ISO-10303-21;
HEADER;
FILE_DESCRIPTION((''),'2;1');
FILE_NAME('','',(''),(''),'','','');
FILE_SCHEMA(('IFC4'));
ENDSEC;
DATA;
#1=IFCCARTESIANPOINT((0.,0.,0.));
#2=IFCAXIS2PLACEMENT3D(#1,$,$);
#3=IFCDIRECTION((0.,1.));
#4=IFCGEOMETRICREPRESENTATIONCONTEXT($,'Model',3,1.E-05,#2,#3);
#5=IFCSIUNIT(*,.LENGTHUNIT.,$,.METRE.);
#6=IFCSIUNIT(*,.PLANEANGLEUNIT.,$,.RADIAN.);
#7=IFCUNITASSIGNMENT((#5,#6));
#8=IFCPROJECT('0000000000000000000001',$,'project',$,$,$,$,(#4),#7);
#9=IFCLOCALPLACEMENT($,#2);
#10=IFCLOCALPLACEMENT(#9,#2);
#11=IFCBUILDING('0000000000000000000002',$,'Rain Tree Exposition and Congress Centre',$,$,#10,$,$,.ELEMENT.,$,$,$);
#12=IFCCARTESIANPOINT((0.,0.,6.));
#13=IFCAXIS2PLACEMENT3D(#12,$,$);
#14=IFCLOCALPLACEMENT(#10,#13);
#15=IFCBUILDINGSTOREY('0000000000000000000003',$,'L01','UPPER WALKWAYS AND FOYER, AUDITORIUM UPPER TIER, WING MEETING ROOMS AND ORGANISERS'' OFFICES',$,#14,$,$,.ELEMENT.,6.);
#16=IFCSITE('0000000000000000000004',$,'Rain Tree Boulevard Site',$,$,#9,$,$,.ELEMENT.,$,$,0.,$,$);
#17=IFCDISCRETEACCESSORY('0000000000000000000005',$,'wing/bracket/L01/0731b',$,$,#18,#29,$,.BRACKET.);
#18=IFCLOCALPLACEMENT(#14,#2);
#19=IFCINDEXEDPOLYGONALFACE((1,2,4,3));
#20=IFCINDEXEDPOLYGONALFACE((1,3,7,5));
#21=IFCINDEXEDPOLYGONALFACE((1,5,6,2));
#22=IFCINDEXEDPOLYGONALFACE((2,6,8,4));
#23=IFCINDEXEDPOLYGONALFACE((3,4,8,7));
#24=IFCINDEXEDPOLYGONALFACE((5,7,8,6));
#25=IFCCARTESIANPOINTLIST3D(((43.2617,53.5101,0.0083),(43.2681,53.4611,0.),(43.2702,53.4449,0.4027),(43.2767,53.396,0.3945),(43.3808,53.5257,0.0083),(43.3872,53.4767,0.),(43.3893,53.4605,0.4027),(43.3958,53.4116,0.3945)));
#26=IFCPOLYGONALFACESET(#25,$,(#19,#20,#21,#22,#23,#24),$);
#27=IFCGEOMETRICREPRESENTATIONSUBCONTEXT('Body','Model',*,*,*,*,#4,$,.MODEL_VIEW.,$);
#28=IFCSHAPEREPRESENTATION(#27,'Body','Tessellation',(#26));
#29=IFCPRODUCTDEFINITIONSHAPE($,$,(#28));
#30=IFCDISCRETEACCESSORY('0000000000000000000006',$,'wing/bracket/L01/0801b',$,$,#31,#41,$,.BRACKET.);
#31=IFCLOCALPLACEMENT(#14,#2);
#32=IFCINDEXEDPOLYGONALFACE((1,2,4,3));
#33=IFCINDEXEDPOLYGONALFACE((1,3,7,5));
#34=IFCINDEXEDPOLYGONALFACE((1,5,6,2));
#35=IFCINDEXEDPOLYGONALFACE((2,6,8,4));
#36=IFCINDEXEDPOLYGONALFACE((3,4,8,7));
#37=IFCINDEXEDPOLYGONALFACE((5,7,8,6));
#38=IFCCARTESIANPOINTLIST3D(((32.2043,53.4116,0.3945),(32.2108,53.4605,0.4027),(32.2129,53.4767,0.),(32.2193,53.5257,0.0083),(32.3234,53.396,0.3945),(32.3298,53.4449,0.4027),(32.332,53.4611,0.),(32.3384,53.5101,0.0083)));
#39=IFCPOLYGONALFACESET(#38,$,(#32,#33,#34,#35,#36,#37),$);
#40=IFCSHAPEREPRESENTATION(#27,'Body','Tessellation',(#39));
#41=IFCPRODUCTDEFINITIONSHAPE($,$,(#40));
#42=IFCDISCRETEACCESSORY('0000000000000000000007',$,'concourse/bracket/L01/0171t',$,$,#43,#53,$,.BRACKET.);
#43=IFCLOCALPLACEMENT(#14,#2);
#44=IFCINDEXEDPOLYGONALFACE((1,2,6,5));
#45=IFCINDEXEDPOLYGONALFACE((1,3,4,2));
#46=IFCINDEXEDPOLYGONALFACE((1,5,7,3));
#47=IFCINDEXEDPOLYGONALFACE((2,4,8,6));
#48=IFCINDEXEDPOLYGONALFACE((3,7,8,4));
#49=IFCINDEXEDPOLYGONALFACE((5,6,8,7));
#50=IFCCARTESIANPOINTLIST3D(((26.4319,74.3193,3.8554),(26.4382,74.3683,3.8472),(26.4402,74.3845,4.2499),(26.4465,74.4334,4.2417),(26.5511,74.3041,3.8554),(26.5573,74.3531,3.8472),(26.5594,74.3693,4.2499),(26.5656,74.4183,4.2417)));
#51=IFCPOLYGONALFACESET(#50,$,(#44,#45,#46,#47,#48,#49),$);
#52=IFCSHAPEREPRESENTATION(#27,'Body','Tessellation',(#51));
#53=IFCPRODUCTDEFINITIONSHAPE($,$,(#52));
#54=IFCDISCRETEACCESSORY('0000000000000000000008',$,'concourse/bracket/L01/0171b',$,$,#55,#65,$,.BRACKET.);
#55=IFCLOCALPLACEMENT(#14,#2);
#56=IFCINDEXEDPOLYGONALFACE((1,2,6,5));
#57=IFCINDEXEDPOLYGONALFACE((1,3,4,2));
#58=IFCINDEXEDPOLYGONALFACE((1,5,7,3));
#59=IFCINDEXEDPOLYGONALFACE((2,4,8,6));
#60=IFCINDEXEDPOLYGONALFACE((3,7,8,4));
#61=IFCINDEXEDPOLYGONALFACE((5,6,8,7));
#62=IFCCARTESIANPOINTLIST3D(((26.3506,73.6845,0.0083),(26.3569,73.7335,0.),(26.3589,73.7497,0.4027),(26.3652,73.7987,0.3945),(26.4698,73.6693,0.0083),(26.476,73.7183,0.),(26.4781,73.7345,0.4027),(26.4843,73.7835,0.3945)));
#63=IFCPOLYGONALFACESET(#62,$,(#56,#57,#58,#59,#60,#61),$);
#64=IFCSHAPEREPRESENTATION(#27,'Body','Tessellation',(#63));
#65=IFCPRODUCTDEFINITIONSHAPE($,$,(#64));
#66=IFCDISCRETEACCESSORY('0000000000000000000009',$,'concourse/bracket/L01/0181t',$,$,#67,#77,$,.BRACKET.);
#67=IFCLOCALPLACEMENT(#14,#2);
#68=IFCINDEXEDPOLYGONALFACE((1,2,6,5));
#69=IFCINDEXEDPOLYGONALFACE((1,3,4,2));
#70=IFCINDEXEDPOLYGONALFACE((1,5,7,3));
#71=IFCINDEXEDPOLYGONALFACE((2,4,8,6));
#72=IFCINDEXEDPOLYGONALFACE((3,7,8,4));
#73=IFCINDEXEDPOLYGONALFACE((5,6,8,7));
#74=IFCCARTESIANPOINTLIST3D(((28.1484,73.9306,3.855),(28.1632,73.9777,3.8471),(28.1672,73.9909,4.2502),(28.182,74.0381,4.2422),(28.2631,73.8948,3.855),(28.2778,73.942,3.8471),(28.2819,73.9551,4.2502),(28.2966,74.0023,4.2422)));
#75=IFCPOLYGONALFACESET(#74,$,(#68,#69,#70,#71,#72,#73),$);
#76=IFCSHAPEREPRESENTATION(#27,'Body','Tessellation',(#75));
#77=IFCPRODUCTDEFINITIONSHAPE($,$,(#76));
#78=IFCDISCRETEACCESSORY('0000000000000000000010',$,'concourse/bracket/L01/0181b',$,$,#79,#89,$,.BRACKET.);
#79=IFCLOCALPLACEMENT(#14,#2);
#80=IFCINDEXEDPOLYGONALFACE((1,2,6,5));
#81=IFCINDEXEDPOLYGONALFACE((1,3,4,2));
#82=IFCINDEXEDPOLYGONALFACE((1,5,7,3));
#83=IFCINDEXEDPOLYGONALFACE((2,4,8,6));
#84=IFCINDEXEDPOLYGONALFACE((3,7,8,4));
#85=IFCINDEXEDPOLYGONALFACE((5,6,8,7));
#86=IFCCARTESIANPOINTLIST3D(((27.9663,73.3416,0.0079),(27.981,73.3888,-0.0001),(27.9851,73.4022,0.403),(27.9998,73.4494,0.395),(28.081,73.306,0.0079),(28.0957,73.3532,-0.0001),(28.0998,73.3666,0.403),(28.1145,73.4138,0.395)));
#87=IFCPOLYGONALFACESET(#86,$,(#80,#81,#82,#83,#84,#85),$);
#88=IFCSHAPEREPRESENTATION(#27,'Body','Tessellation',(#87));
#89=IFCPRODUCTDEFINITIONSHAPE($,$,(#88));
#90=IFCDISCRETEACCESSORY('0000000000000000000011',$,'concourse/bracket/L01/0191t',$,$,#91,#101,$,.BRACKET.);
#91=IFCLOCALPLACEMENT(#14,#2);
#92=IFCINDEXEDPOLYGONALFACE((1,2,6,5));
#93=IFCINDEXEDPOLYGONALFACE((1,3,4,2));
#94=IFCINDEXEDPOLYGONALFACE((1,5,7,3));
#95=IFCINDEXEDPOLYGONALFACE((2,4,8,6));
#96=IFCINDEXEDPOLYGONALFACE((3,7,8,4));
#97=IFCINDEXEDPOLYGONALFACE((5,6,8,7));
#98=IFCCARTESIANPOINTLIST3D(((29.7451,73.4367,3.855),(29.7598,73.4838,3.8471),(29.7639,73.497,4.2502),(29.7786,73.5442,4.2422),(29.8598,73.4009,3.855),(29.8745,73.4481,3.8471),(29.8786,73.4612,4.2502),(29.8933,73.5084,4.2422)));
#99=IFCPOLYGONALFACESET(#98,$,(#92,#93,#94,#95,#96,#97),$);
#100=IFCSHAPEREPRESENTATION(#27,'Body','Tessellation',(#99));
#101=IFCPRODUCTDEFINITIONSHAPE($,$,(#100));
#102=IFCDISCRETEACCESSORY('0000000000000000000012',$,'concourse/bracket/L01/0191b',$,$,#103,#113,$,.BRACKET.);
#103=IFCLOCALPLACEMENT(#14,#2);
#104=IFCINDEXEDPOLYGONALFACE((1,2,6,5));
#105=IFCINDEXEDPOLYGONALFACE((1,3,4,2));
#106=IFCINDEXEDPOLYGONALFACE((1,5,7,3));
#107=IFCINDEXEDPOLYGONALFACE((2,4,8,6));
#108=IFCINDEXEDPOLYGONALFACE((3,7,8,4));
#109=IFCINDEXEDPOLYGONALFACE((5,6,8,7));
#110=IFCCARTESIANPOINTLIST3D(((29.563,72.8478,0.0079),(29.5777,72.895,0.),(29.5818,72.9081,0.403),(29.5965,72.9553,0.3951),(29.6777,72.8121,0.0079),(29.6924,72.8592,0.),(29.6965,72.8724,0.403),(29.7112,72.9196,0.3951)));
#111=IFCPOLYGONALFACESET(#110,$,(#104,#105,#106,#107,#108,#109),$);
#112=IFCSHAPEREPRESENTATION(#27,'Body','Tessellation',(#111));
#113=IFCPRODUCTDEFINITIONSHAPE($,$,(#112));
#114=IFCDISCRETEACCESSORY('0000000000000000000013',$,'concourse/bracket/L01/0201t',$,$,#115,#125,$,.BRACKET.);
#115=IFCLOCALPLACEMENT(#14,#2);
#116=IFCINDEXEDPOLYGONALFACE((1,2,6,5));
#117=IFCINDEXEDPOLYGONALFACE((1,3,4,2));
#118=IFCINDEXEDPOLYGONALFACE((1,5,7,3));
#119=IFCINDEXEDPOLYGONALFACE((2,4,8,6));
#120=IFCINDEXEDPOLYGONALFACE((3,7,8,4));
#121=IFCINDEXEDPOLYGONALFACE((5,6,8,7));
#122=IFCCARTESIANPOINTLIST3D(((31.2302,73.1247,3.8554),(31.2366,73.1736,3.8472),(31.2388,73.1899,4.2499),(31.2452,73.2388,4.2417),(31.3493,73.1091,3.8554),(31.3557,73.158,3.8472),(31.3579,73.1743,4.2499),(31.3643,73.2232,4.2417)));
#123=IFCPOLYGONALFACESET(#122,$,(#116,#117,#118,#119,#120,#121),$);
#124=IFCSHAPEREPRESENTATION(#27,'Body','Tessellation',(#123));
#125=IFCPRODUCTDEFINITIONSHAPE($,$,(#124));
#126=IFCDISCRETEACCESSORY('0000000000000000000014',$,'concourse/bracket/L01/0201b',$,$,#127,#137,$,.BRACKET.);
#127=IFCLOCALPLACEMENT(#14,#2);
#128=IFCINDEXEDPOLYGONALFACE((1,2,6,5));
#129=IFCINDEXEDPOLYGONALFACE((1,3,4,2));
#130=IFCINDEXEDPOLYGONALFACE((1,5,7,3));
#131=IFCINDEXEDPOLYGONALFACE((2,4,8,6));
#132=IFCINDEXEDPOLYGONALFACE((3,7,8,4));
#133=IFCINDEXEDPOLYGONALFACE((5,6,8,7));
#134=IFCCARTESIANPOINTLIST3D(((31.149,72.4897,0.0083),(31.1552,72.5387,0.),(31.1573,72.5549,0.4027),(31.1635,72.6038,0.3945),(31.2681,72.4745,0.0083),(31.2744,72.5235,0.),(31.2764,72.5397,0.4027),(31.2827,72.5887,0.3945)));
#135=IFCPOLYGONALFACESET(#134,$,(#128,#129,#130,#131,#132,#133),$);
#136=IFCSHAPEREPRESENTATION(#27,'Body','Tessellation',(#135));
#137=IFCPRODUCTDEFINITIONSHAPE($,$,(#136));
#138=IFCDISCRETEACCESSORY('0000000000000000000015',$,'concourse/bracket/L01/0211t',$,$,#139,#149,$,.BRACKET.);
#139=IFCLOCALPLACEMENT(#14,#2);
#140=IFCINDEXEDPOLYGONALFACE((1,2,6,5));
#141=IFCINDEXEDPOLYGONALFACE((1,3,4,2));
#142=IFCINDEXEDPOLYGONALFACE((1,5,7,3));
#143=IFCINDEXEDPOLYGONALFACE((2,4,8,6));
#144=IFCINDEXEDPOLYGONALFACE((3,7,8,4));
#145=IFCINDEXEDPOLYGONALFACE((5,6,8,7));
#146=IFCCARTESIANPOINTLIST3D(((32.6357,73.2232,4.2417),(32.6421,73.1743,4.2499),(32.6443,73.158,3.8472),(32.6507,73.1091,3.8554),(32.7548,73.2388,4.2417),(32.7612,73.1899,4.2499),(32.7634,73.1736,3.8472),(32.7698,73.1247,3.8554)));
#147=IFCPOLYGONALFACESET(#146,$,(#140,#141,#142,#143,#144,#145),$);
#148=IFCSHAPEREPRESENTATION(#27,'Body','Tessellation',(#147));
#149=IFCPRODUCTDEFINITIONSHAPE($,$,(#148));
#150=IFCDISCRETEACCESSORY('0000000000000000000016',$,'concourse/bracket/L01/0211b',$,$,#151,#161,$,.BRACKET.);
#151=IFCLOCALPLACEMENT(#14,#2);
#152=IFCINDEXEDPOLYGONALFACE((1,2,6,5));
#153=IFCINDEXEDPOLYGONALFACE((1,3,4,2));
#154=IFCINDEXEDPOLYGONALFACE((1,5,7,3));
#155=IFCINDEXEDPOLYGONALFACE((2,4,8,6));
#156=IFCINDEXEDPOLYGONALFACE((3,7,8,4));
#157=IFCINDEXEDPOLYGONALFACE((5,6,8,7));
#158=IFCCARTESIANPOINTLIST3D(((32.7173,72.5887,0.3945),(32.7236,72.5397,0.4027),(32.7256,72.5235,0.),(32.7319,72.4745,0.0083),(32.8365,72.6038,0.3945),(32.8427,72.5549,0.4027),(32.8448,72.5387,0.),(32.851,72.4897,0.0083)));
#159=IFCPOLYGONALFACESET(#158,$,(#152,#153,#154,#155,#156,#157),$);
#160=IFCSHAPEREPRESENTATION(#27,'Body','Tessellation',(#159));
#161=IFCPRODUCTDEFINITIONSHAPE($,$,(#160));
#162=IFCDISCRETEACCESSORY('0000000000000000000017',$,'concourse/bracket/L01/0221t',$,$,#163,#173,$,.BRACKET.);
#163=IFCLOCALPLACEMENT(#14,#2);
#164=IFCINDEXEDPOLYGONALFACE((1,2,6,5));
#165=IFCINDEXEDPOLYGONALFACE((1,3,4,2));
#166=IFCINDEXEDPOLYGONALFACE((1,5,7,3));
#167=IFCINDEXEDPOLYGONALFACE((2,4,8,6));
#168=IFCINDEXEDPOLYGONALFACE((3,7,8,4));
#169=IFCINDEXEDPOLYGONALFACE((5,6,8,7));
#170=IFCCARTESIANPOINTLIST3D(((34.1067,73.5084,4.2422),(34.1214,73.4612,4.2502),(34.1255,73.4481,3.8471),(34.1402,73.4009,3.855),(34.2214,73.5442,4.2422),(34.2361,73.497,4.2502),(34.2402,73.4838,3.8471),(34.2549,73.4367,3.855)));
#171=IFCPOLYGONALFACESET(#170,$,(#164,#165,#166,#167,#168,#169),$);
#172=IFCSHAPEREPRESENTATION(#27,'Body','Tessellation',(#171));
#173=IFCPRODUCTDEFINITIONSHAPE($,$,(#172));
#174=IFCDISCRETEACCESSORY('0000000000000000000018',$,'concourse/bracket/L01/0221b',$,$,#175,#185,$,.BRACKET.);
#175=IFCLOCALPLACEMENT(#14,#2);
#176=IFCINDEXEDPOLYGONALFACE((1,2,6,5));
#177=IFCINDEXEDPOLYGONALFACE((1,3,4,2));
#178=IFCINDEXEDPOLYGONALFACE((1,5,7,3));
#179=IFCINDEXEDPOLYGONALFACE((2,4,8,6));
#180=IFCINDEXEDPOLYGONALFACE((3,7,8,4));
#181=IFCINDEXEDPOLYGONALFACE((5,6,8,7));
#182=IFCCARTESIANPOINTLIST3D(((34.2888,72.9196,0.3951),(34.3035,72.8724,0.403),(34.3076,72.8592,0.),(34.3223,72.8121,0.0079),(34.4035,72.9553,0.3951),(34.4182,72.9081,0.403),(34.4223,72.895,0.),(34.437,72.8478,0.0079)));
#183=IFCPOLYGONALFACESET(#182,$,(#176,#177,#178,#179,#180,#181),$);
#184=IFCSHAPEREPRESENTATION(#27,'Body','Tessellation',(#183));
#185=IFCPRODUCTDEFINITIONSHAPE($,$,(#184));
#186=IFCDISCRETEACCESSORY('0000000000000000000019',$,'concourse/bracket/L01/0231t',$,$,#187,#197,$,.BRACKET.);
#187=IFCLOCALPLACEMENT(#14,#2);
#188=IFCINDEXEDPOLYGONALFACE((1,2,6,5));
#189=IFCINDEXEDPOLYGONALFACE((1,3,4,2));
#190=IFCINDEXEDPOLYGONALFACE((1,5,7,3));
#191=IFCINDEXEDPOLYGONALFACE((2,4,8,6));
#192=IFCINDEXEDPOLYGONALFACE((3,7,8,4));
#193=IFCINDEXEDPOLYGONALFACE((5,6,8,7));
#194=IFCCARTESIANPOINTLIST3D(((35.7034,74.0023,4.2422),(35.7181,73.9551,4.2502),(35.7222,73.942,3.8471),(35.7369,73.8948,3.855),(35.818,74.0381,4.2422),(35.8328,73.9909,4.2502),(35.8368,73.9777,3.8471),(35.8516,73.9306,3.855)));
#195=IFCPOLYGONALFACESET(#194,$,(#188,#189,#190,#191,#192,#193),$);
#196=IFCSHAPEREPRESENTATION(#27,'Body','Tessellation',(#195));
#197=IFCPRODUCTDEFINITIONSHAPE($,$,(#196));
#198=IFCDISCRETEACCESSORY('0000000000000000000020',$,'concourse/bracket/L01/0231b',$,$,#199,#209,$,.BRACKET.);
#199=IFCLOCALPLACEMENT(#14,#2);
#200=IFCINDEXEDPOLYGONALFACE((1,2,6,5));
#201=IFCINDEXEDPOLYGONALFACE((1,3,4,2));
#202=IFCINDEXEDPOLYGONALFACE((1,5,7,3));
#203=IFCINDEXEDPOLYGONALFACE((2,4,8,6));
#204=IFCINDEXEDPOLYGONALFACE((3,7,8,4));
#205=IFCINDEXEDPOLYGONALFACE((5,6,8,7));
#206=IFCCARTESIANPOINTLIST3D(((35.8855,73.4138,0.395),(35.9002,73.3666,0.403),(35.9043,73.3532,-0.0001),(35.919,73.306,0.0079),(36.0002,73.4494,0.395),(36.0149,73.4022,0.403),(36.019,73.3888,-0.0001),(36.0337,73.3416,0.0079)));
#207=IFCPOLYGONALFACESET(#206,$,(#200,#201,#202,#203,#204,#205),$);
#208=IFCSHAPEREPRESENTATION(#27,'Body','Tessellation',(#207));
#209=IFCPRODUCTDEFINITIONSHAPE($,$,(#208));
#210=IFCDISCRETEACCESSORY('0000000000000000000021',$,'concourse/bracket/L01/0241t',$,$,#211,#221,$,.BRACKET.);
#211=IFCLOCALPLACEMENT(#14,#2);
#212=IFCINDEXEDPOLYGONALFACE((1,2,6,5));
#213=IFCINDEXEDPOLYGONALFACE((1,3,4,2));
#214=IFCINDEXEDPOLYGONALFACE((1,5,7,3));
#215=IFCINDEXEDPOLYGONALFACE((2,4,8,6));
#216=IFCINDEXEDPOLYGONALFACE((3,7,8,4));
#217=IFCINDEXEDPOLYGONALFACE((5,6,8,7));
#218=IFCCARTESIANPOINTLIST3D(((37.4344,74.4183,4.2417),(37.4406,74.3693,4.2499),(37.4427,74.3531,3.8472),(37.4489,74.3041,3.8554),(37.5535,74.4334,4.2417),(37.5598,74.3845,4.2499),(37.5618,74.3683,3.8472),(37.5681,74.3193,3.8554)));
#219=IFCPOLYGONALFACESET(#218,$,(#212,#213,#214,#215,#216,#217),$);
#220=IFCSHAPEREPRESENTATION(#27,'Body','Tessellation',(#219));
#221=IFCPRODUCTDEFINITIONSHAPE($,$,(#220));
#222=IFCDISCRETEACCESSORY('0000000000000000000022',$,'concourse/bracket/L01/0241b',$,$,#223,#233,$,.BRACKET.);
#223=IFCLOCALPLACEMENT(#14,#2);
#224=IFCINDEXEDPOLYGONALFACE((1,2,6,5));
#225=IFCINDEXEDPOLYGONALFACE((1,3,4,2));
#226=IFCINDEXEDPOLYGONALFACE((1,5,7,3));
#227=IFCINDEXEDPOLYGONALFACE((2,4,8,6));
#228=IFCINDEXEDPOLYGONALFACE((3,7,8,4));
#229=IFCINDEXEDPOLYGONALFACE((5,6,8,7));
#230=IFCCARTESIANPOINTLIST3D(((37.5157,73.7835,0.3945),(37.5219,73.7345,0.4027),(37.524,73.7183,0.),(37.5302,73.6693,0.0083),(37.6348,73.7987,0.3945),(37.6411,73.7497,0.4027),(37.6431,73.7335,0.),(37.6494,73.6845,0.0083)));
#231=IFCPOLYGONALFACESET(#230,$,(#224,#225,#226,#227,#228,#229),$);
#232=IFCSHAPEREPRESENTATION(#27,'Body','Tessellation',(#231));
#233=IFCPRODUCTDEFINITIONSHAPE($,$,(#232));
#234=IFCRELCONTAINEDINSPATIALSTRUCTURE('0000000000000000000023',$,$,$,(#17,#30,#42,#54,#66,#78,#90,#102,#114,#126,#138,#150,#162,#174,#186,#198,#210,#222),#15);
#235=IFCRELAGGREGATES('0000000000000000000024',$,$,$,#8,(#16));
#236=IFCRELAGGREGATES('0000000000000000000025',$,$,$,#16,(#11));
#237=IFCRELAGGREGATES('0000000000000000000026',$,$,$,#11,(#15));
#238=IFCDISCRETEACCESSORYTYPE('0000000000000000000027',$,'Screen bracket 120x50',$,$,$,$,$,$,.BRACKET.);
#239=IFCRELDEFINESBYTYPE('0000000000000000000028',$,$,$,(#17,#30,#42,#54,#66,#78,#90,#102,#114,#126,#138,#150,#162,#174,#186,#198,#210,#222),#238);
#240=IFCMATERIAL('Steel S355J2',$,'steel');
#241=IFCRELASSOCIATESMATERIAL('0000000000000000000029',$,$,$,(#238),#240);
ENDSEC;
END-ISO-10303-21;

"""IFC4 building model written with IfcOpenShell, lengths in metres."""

from ifc_helpers import new_model, si_unit, direction, frame, origin, origin_2d, place, context, subcontext, project, spatial, rectangle, extrude, material, material_profile, profile_set, type_object, element, save


model = new_model("IFC4")

# Units and contexts
model_context = context("Model", 3, precision=1e-05, world=origin(), true_north=direction((0.0, 1.0)))
body_context = subcontext(model_context, "Body", "Model", "MODEL_VIEW")
ifc_project = project(units=[si_unit("LENGTHUNIT", "METRE"), si_unit("PLANEANGLEUNIT", "RADIAN")], contexts=[model_context])

# Site, building, storey
site_placement = place(None, origin())
site = spatial("IfcSite", under=ifc_project, at=site_placement, Name="Rain Tree Boulevard Site", CompositionType="ELEMENT", RefElevation=0.0)
building_placement = place(site_placement, origin())
building = spatial("IfcBuilding", under=site, at=building_placement, Name="Rain Tree Exposition and Congress Centre", CompositionType="ELEMENT")
storey_placement = place(building_placement, frame((0.0, 0.0, 6.0)))
storey = spatial("IfcBuildingStorey", under=building, at=storey_placement, Name="L01", Description="UPPER WALKWAYS AND FOYER, AUDITORIUM UPPER TIER, WING MEETING ROOMS AND ORGANISERS' OFFICES", CompositionType="ELEMENT", Elevation=6.0)

# Discrete accessories
ifc_material_1 = material(Name="Steel S355J2", Category="steel")
ifc_material_profile = material_profile(ifc_material_1, rectangle(XDim=0.1201, YDim=0.05, at=origin_2d()), Name="Flat bar 120x50")
ifc_profile_set = profile_set([ifc_material_profile], Name="Steel S355J2")
discrete_accessory_type = type_object("IfcDiscreteAccessoryType", Name="Screen bracket 120x50", PredefinedType="BRACKET", material=ifc_profile_set)
for number, where, z_axis, x_axis, name in (
    (1, (43.3245, 53.4934, 0.0042), (0.021364, -0.162976, 0.986399), (0.991517, 0.129974, 0.0), "wing/bracket/L01/0731b"),
    (2, (32.2756, 53.4934, 0.0042), (-0.021364, -0.162976, 0.986399), (0.991517, -0.129974, 0.0), "wing/bracket/L01/0801b"),
    (3, (26.4946, 74.3362, 3.8513), (0.020754, 0.162978, 0.986411), (-0.991989, 0.126321, 0.0), "concourse/bracket/L01/0171t"),
    (4, (26.4133, 73.7014, 0.0042), (0.020754, 0.162978, 0.986411), (-0.991989, 0.126321, 0.0), "concourse/bracket/L01/0171b"),
):
    element("IfcDiscreteAccessory", number, at=place(storey_placement, frame(where, z_axis=z_axis, x_axis=x_axis)), inside=storey, type_object=discrete_accessory_type, Name=name, PredefinedType="BRACKET", context=body_context, shape_type="SweptSolid", body=[
        extrude(rectangle(XDim=0.1201, YDim=0.05, at=origin_2d()), origin(), (0.0, 0.0, 1.0), 0.3999),
    ])
for number, where, z_axis, x_axis, name in (
    (5, (28.2131, 73.9363, 3.8511), (0.046993, 0.150743, 0.987456), (-0.954686, 0.297615, 0.0), "concourse/bracket/L01/0181t"),
    (6, (28.031, 73.3474, 0.0039), (0.046988, 0.151339, 0.987364), (-0.955027, 0.29652, 0.0), "concourse/bracket/L01/0181b"),
    (7, (29.8098, 73.4424, 3.8511), (0.046993, 0.150743, 0.987456), (-0.954686, 0.297615, 0.0), "concourse/bracket/L01/0191t"),
    (8, (29.6277, 72.8535, 0.0039), (0.046993, 0.150743, 0.987456), (-0.954686, 0.297615, 0.0), "concourse/bracket/L01/0191b"),
):
    element("IfcDiscreteAccessory", number, at=place(storey_placement, frame(where, z_axis=z_axis, x_axis=x_axis)), inside=storey, type_object=discrete_accessory_type, Name=name, PredefinedType="BRACKET", context=body_context, shape_type="SweptSolid", body=[
        extrude(rectangle(XDim=0.1201, YDim=0.05, at=origin_2d()), origin(), (0.0, 0.0, 1.0), 0.4001),
    ])
for number, where, z_axis, x_axis, name in (
    (9, (31.293, 73.1414, 3.8513), (0.021364, 0.162976, 0.986399), (-0.991517, 0.129974, 0.0), "concourse/bracket/L01/0201t"),
    (10, (31.2117, 72.5066, 0.0042), (0.020754, 0.162978, 0.986411), (-0.991989, 0.126321, 0.0), "concourse/bracket/L01/0201b"),
    (11, (32.707, 73.1414, 3.8513), (-0.021364, 0.162976, 0.986399), (-0.991517, -0.129974, 0.0), "concourse/bracket/L01/0211t"),
    (12, (32.7883, 72.5066, 0.0042), (-0.020754, 0.162978, 0.986411), (-0.991989, -0.126321, 0.0), "concourse/bracket/L01/0211b"),
):
    element("IfcDiscreteAccessory", number, at=place(storey_placement, frame(where, z_axis=z_axis, x_axis=x_axis)), inside=storey, type_object=discrete_accessory_type, Name=name, PredefinedType="BRACKET", context=body_context, shape_type="SweptSolid", body=[
        extrude(rectangle(XDim=0.1201, YDim=0.05, at=origin_2d()), origin(), (0.0, 0.0, 1.0), 0.3999),
    ])
for number, where, z_axis, x_axis, name in (
    (13, (34.1902, 73.4424, 3.8511), (-0.046993, 0.150743, 0.987456), (-0.954686, -0.297615, 0.0), "concourse/bracket/L01/0221t"),
    (14, (34.3723, 72.8535, 0.0039), (-0.046993, 0.150743, 0.987456), (-0.954686, -0.297615, 0.0), "concourse/bracket/L01/0221b"),
    (15, (35.7869, 73.9363, 3.8511), (-0.046993, 0.150743, 0.987456), (-0.954686, -0.297615, 0.0), "concourse/bracket/L01/0231t"),
    (16, (35.969, 73.3474, 0.0039), (-0.046988, 0.151339, 0.987364), (-0.955027, -0.29652, 0.0), "concourse/bracket/L01/0231b"),
):
    element("IfcDiscreteAccessory", number, at=place(storey_placement, frame(where, z_axis=z_axis, x_axis=x_axis)), inside=storey, type_object=discrete_accessory_type, Name=name, PredefinedType="BRACKET", context=body_context, shape_type="SweptSolid", body=[
        extrude(rectangle(XDim=0.1201, YDim=0.05, at=origin_2d()), origin(), (0.0, 0.0, 1.0), 0.4001),
    ])
for number, where, z_axis, x_axis, name in (
    (17, (37.5054, 74.3362, 3.8513), (-0.020754, 0.162978, 0.986411), (-0.991989, -0.126321, 0.0), "concourse/bracket/L01/0241t"),
    (18, (37.5867, 73.7014, 0.0042), (-0.020754, 0.162978, 0.986411), (-0.991989, -0.126321, 0.0), "concourse/bracket/L01/0241b"),
):
    element("IfcDiscreteAccessory", number, at=place(storey_placement, frame(where, z_axis=z_axis, x_axis=x_axis)), inside=storey, type_object=discrete_accessory_type, Name=name, PredefinedType="BRACKET", context=body_context, shape_type="SweptSolid", body=[
        extrude(rectangle(XDim=0.1201, YDim=0.05, at=origin_2d()), origin(), (0.0, 0.0, 1.0), 0.3999),
    ])

save(model, "model.ifc")
